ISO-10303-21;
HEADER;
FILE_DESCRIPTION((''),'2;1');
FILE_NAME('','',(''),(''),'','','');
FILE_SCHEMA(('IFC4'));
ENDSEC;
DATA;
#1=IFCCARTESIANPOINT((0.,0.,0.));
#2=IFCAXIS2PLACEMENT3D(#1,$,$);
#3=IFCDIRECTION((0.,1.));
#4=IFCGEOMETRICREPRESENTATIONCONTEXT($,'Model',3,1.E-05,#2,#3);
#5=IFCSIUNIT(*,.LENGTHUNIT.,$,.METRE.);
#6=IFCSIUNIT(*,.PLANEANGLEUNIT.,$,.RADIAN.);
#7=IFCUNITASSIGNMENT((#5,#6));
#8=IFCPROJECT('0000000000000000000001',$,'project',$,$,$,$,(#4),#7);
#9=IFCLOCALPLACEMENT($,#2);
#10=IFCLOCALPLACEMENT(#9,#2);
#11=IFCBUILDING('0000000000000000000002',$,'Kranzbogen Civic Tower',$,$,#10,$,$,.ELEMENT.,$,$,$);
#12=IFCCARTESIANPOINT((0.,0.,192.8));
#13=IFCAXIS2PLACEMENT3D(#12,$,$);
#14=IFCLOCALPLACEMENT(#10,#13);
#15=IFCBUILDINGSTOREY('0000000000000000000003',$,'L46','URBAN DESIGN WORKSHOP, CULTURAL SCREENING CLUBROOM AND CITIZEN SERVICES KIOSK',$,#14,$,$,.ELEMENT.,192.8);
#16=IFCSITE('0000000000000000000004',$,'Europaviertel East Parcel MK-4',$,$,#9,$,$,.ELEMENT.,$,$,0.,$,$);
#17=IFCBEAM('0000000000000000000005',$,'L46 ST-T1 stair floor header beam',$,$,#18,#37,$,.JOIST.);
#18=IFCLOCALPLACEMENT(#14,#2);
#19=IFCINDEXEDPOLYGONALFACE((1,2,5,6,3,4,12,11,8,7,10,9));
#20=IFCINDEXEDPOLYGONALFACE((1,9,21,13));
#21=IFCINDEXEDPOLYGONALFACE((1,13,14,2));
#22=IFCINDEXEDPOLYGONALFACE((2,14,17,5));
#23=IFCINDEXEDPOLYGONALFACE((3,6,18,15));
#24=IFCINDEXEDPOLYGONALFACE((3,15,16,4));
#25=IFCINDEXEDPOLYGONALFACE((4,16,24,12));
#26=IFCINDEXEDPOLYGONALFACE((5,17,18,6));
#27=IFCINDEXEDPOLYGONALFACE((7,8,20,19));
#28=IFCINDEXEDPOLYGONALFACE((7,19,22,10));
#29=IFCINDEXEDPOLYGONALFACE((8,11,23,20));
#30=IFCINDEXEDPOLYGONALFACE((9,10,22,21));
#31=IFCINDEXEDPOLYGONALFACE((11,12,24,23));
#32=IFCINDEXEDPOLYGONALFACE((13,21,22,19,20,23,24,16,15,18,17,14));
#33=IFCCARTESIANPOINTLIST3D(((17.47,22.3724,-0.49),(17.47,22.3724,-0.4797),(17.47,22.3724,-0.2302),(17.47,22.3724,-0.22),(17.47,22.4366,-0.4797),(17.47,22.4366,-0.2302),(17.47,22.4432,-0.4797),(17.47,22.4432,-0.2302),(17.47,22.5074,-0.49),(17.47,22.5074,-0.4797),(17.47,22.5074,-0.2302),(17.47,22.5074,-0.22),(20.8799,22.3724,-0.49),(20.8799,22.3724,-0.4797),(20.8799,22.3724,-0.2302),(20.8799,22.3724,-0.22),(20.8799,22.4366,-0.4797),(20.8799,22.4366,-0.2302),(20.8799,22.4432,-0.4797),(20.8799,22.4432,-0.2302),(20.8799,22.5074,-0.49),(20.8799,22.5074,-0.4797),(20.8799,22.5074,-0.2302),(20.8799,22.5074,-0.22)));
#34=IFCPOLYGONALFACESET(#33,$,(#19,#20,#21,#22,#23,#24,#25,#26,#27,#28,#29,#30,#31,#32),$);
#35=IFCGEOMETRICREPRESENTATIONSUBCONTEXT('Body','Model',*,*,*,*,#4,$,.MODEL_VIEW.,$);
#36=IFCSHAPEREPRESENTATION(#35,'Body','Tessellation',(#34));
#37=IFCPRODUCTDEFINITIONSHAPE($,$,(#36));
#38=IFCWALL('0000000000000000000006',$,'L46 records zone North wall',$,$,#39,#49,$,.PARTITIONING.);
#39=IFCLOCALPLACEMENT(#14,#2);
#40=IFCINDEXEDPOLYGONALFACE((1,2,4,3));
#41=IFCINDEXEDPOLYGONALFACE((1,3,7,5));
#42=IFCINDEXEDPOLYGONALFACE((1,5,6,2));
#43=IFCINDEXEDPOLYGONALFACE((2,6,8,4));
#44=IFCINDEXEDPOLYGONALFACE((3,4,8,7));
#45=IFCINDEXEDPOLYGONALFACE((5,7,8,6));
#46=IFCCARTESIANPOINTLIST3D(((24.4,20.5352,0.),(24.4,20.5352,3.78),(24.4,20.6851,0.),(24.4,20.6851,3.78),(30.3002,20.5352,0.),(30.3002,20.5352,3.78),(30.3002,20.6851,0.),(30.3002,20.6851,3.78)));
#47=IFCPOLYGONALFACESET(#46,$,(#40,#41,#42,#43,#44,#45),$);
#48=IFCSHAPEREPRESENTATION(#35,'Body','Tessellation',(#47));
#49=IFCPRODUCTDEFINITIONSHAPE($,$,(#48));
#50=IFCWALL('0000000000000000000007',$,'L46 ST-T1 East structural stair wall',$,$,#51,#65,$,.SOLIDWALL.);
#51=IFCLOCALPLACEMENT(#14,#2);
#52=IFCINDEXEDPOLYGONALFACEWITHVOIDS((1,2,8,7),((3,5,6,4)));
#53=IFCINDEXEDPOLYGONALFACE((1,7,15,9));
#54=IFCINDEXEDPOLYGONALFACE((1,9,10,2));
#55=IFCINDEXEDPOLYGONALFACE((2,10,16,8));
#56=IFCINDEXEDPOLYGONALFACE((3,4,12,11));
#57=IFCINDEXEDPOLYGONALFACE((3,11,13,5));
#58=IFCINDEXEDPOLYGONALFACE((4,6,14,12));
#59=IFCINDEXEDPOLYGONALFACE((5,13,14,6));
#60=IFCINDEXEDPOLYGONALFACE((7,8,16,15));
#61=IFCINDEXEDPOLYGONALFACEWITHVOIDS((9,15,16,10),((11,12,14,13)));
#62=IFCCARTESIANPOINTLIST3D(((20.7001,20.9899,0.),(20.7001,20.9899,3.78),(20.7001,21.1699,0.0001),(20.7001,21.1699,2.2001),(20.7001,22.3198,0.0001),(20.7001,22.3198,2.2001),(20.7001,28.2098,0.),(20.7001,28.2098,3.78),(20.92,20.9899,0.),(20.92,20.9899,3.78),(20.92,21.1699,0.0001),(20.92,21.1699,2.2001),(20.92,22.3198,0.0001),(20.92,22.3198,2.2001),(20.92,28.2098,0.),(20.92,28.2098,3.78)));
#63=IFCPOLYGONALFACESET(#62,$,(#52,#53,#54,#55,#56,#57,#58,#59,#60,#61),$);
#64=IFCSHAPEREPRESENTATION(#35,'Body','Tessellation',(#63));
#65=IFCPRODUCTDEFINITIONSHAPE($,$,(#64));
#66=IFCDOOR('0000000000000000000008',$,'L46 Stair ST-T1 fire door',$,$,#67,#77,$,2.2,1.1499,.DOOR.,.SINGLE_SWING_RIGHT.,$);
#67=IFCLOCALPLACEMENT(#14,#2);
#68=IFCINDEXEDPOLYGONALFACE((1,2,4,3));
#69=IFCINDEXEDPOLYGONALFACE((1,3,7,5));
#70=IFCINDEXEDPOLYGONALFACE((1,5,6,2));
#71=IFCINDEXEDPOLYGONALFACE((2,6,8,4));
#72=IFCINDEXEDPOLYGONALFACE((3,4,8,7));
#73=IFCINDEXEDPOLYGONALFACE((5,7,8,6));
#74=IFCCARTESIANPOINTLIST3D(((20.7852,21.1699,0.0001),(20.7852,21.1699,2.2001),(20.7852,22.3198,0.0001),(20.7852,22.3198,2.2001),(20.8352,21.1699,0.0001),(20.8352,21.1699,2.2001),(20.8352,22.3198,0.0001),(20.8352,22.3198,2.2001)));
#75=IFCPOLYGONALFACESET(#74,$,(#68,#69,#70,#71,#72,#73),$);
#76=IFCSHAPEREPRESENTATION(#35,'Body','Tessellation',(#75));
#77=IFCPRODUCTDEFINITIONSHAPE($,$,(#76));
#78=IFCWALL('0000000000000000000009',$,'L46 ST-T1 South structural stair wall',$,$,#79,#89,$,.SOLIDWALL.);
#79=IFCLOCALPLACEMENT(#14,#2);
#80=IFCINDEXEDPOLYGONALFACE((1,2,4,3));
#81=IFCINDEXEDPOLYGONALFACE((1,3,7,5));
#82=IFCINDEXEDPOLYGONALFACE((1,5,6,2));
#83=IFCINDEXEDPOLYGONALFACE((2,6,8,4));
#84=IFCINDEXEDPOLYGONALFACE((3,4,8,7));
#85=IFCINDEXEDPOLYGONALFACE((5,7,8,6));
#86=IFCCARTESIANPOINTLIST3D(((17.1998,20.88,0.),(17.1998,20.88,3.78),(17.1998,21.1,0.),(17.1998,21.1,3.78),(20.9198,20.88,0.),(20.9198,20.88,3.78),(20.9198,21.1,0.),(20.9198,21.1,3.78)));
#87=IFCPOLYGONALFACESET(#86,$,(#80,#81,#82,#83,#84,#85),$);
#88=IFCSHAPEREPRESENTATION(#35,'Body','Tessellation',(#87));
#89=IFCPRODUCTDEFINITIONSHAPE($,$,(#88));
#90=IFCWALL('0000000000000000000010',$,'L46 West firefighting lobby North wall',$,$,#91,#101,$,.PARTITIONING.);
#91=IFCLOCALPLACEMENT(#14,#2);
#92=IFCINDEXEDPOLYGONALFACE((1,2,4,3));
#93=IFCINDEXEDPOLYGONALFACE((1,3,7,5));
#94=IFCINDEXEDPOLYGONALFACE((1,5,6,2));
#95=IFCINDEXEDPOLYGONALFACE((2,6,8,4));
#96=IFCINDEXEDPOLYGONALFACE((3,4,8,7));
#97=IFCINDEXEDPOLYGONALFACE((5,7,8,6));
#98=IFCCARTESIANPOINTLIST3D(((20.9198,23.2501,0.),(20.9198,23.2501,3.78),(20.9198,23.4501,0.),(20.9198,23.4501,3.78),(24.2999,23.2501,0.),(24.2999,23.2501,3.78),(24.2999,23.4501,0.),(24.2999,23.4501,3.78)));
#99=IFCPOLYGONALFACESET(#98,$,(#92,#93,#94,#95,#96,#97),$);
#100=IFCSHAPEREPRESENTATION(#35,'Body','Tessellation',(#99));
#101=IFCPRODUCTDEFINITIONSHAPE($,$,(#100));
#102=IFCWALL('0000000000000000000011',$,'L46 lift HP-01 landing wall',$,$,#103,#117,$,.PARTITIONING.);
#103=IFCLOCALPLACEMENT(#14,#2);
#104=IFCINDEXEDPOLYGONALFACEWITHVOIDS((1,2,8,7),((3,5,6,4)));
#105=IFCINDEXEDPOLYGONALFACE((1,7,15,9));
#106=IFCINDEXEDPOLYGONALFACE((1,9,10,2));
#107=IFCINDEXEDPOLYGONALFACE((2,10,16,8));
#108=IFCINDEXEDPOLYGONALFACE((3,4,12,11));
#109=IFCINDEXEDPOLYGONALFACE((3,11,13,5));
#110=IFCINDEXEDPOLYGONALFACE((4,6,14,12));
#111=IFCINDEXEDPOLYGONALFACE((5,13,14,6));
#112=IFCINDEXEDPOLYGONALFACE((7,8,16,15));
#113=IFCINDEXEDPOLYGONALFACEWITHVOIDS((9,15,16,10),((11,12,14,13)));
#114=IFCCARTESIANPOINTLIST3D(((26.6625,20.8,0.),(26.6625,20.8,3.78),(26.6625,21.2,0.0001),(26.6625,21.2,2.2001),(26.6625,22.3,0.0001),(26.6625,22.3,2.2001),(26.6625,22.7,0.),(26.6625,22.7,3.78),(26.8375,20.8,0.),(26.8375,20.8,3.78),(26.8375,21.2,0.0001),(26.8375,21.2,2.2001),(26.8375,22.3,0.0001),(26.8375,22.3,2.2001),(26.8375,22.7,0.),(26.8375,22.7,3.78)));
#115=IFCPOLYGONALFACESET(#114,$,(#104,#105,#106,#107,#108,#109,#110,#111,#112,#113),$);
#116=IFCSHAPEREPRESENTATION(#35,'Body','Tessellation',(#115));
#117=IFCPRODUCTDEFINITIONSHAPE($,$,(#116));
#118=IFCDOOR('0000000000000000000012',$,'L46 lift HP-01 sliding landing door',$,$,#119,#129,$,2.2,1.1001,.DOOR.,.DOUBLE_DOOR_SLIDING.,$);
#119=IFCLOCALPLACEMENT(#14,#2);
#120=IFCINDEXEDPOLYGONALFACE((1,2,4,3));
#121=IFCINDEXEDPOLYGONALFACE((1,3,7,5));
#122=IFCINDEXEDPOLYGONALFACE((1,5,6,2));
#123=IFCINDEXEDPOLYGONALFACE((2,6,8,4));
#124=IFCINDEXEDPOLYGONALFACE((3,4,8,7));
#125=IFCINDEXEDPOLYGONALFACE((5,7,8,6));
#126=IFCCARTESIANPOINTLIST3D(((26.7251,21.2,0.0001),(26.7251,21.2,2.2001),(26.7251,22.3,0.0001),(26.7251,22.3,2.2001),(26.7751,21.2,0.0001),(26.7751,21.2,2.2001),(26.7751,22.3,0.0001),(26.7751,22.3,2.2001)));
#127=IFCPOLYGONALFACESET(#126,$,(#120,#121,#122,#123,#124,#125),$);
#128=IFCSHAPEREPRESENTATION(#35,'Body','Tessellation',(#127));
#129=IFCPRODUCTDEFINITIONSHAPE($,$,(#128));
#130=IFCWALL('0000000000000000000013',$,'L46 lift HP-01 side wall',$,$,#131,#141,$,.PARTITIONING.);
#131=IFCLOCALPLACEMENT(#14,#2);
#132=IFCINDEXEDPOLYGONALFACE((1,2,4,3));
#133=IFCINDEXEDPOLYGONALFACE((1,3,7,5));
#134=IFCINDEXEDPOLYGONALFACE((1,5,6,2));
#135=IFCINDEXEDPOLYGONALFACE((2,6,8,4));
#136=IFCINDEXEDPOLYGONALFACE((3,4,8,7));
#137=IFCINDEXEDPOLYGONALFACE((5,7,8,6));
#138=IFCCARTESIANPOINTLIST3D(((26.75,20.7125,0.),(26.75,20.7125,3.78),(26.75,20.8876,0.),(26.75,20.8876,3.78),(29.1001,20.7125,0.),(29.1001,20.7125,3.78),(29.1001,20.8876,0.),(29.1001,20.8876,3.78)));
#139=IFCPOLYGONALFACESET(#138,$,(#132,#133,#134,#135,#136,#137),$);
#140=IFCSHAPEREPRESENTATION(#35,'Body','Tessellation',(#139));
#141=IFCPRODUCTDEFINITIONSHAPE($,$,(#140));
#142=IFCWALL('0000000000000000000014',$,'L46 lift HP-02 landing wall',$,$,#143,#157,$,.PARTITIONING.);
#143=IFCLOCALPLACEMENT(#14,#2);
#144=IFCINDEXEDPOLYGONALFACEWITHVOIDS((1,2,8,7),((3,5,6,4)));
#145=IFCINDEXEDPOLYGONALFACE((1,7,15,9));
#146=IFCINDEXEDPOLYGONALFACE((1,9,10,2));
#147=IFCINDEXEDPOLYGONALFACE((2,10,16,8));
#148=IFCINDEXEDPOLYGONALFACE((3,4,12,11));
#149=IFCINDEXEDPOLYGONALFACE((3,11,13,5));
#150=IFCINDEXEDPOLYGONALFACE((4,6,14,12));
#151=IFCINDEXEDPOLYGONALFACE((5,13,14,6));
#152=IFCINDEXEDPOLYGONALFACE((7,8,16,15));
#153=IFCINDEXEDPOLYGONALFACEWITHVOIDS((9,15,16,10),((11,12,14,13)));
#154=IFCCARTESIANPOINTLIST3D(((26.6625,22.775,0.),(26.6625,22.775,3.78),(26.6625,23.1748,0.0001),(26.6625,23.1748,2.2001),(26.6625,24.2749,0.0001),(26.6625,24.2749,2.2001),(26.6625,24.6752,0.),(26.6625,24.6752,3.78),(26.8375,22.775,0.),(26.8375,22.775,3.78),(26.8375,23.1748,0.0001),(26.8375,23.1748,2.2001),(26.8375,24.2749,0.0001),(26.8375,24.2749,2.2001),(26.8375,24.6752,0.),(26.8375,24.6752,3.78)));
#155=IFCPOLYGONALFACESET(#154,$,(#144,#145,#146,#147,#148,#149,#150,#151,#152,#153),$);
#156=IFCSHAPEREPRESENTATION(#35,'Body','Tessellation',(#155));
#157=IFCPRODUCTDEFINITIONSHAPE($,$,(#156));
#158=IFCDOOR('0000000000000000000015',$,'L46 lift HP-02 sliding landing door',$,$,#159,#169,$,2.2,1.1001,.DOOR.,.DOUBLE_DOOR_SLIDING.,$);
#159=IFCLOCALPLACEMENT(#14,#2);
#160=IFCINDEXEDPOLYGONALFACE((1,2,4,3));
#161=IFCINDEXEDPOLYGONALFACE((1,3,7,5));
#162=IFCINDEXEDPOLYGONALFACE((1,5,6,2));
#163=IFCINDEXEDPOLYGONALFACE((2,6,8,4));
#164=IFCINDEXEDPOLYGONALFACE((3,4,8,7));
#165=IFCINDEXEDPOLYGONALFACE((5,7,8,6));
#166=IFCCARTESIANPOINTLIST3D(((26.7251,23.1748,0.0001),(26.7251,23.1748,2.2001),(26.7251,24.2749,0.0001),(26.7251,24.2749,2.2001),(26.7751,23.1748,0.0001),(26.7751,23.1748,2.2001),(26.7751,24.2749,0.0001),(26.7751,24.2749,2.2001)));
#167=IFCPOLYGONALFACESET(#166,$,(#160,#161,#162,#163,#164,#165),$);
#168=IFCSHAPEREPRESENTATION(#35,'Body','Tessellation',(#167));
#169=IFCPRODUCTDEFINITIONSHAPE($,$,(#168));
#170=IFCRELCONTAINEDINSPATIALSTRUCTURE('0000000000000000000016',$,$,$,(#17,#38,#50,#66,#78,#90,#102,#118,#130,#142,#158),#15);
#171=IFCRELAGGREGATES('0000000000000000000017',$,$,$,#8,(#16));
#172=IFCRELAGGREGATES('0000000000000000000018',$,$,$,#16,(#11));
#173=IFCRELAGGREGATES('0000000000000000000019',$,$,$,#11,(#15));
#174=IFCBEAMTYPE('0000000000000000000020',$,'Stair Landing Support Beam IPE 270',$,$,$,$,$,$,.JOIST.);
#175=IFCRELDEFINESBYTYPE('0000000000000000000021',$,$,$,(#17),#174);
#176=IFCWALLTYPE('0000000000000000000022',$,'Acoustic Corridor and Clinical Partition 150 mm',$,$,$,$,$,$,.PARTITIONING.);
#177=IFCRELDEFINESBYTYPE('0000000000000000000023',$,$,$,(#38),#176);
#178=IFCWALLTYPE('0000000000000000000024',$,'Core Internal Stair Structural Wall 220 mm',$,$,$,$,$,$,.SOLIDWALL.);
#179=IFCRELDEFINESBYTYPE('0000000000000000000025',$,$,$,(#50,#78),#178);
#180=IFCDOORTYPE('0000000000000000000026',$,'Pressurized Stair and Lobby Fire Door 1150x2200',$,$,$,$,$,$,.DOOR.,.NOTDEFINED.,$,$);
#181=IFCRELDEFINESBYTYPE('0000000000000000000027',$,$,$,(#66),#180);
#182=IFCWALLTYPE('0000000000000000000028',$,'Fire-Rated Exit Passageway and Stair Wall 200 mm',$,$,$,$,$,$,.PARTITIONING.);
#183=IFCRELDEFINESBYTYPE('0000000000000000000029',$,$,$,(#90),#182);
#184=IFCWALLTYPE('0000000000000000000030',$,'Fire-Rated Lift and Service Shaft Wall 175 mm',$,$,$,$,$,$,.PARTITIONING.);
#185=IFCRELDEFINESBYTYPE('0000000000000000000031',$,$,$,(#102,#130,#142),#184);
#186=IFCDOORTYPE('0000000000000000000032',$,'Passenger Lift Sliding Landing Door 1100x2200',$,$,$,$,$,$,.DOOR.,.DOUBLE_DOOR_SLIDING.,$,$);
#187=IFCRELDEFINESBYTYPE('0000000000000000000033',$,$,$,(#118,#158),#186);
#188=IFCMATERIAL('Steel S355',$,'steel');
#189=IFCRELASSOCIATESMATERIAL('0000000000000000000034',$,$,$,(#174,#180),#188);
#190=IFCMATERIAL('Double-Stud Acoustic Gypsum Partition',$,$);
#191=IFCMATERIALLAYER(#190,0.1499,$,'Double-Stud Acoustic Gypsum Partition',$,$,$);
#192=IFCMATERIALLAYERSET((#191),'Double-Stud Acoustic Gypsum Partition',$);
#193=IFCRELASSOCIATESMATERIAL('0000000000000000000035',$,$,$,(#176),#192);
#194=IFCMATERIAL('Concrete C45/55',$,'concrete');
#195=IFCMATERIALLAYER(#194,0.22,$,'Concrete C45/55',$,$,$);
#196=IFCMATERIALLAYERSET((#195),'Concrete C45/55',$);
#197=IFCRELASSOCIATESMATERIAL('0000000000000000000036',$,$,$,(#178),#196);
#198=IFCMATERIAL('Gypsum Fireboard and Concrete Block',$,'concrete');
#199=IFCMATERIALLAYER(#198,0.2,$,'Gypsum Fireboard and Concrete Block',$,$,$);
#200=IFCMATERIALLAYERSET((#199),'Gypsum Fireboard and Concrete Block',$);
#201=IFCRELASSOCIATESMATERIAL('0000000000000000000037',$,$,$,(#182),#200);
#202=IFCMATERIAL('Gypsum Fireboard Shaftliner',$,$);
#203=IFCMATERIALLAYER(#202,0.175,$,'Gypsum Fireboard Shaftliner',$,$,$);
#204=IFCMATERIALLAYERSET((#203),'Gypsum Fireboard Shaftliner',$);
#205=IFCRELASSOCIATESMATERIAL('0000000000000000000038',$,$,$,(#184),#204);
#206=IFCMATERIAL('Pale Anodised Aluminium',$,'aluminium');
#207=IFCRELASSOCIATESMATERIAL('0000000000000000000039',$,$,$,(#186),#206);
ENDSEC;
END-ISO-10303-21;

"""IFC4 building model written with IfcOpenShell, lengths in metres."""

from ifc_helpers import new_model, si_unit, direction, frame, frame_2d, origin, origin_2d, place, context, subcontext, project, spatial, rectangle, i_section, extrude, material, layer, layer_set, material_profile, profile_set, type_object, element, fill, save


model = new_model("IFC4")

# Units and contexts
model_context = context("Model", 3, precision=1e-05, world=origin(), true_north=direction((0.0, 1.0)))
body_context = subcontext(model_context, "Body", "Model", "MODEL_VIEW")
ifc_project = project(units=[si_unit("LENGTHUNIT", "METRE"), si_unit("PLANEANGLEUNIT", "RADIAN")], contexts=[model_context])

# Site, building, storey
site_placement = place(None, origin())
site = spatial("IfcSite", under=ifc_project, at=site_placement, Name="Europaviertel East Parcel MK-4", CompositionType="ELEMENT", RefElevation=0.0)
building_placement = place(site_placement, origin())
building = spatial("IfcBuilding", under=site, at=building_placement, Name="Kranzbogen Civic Tower", CompositionType="ELEMENT")
storey_placement = place(building_placement, frame((0.0, 0.0, 192.8)))
storey = spatial("IfcBuildingStorey", under=building, at=storey_placement, Name="L46", Description="URBAN DESIGN WORKSHOP, CULTURAL SCREENING CLUBROOM AND CITIZEN SERVICES KIOSK", CompositionType="ELEMENT", Elevation=192.8)

# Beam
ifc_material_1 = material(Name="Steel S355", Category="steel")
ifc_material_profile = material_profile(ifc_material_1, i_section(OverallWidth=0.135, OverallDepth=0.27, WebThickness=0.0066, FlangeThickness=0.0103, at=origin_2d()), Name="IPE 270")
ifc_profile_set = profile_set([ifc_material_profile], Name="Steel S355")
beam_type = type_object("IfcBeamType", Name="Stair Landing Support Beam IPE 270", PredefinedType="JOIST", material=ifc_profile_set)
beam_placement = place(storey_placement, frame((20.8799, 22.4399, -0.355), z_axis=(-1.0, 0.0, 0.0), x_axis=(0.0, -1.0, 0.0)))
element("IfcBeam", 1, at=beam_placement, inside=storey, type_object=beam_type, Name="L46 ST-T1 stair floor header beam", PredefinedType="JOIST", context=body_context, shape_type="SweptSolid", body=[
    extrude(i_section(OverallWidth=0.135, OverallDepth=0.27, WebThickness=0.0066, FlangeThickness=0.0103, at=origin_2d()), origin(), (0.0, 0.0, 1.0), 3.4099),
])

# Wall
ifc_material_2 = material(Name="Double-Stud Acoustic Gypsum Partition")
ifc_layer_1 = layer(ifc_material_2, 0.1499, Name="Double-Stud Acoustic Gypsum Partition")
ifc_layer_set_1 = layer_set([ifc_layer_1], Name="Double-Stud Acoustic Gypsum Partition")
wall_type_1 = type_object("IfcWallType", Name="Acoustic Corridor and Clinical Partition 150 mm", PredefinedType="PARTITIONING", material=ifc_layer_set_1)
wall_1_placement = place(storey_placement, frame((24.3999, 20.6101, 0.0), z_axis=(0.0, 0.0, 1.0), x_axis=(1.0, 0.0, 0.0)))
element("IfcWall", 2, at=wall_1_placement, inside=storey, type_object=wall_type_1, Name="L46 records zone North wall", PredefinedType="PARTITIONING", context=body_context, shape_type="SweptSolid", body=[
    extrude(rectangle(XDim=5.9001, YDim=0.1499, at=frame_2d((2.9502, 0.0))), origin(), (0.0, 0.0, 1.0), 3.78),
])

# Wall, opening, door
ifc_material_3 = material(Name="Concrete C45/55", Category="concrete")
ifc_layer_2 = layer(ifc_material_3, 0.22, Name="Concrete C45/55")
ifc_layer_set_2 = layer_set([ifc_layer_2], Name="Concrete C45/55")
wall_type_2 = type_object("IfcWallType", Name="Core Internal Stair Structural Wall 220 mm", PredefinedType="SOLIDWALL", material=ifc_layer_set_2)
wall_2_placement = place(storey_placement, frame((20.8101, 20.99, 0.0), z_axis=(0.0, 0.0, 1.0), x_axis=(0.0, 1.0, 0.0)))
wall_2 = element("IfcWall", 3, at=wall_2_placement, inside=storey, type_object=wall_type_2, Name="L46 ST-T1 East structural stair wall", PredefinedType="SOLIDWALL", context=body_context, shape_type="SweptSolid", body=[
    extrude(rectangle(XDim=7.22, YDim=0.22, at=frame_2d((3.6099, 0.0))), origin(), (0.0, 0.0, 1.0), 3.78),
])
opening_1_placement = place(wall_2_placement, frame((0.1799, 0.0, 0.0)))
opening_1 = element("IfcOpeningElement", 4, at=opening_1_placement, cuts=wall_2, PredefinedType="OPENING", context=body_context, shape_type="SweptSolid", body=[
    extrude(rectangle(XDim=1.1499, YDim=2.2, at=frame_2d((0.575, 1.1001))), frame((0.0, 0.1201, 0.0), z_axis=(0.0, -1.0, 0.0), x_axis=(1.0, 0.0, 0.0)), (0.0, 0.0, 1.0), 0.24),
])
door_type_1 = type_object("IfcDoorType", Name="Pressurized Stair and Lobby Fire Door 1150x2200", OperationType="NOTDEFINED", PredefinedType="DOOR", material=ifc_material_1)
door_1_placement = place(opening_1_placement, origin())
door_1 = element("IfcDoor", 5, at=door_1_placement, inside=storey, type_object=door_type_1, Name="L46 Stair ST-T1 fire door", OperationType="SINGLE_SWING_RIGHT", OverallHeight=2.2, OverallWidth=1.1499, PredefinedType="DOOR", context=body_context, shape_type="SweptSolid", body=[
    extrude(rectangle(XDim=1.1499, YDim=2.2, at=frame_2d((0.575, 1.1001))), frame((0.0, 0.0249, 0.0), z_axis=(0.0, -1.0, 0.0), x_axis=(1.0, 0.0, 0.0)), (0.0, 0.0, 1.0), 0.05),
])
fill(opening_1, door_1)

# Walls
wall_3_placement = place(storey_placement, frame((17.2, 20.99, 0.0), z_axis=(0.0, 0.0, 1.0), x_axis=(1.0, 0.0, 0.0)))
element("IfcWall", 6, at=wall_3_placement, inside=storey, type_object=wall_type_2, Name="L46 ST-T1 South structural stair wall", PredefinedType="SOLIDWALL", context=body_context, shape_type="SweptSolid", body=[
    extrude(rectangle(XDim=3.72, YDim=0.22, at=frame_2d((1.8599, 0.0))), origin(), (0.0, 0.0, 1.0), 3.78),
])
ifc_material_4 = material(Name="Gypsum Fireboard and Concrete Block", Category="concrete")
ifc_layer_3 = layer(ifc_material_4, 0.2, Name="Gypsum Fireboard and Concrete Block")
ifc_layer_set_3 = layer_set([ifc_layer_3], Name="Gypsum Fireboard and Concrete Block")
wall_type_3 = type_object("IfcWallType", Name="Fire-Rated Exit Passageway and Stair Wall 200 mm", PredefinedType="PARTITIONING", material=ifc_layer_set_3)
wall_4_placement = place(storey_placement, frame((20.9199, 23.3501, 0.0), z_axis=(0.0, 0.0, 1.0), x_axis=(1.0, 0.0, 0.0)))
element("IfcWall", 7, at=wall_4_placement, inside=storey, type_object=wall_type_3, Name="L46 West firefighting lobby North wall", PredefinedType="PARTITIONING", context=body_context, shape_type="SweptSolid", body=[
    extrude(rectangle(XDim=3.3801, YDim=0.2, at=frame_2d((1.6899, 0.0))), origin(), (0.0, 0.0, 1.0), 3.78),
])

# Wall, opening, door
ifc_material_5 = material(Name="Gypsum Fireboard Shaftliner")
ifc_layer_4 = layer(ifc_material_5, 0.175, Name="Gypsum Fireboard Shaftliner")
ifc_layer_set_4 = layer_set([ifc_layer_4], Name="Gypsum Fireboard Shaftliner")
wall_type_4 = type_object("IfcWallType", Name="Fire-Rated Lift and Service Shaft Wall 175 mm", PredefinedType="PARTITIONING", material=ifc_layer_set_4)
wall_5_placement = place(storey_placement, frame((26.75, 20.8, 0.0), z_axis=(0.0, 0.0, 1.0), x_axis=(0.0, 1.0, 0.0)))
wall_5 = element("IfcWall", 8, at=wall_5_placement, inside=storey, type_object=wall_type_4, Name="L46 lift HP-01 landing wall", PredefinedType="PARTITIONING", context=body_context, shape_type="SweptSolid", body=[
    extrude(rectangle(XDim=1.8999, YDim=0.175, at=frame_2d((0.95, 0.0))), origin(), (0.0, 0.0, 1.0), 3.78),
])
opening_2_placement = place(wall_5_placement, frame((0.3999, 0.0, 0.0)))
opening_2 = element("IfcOpeningElement", 9, at=opening_2_placement, cuts=wall_5, PredefinedType="OPENING", context=body_context, shape_type="SweptSolid", body=[
    extrude(rectangle(XDim=1.1001, YDim=2.2, at=frame_2d((0.55, 1.1001))), frame((0.0, 0.0977, 0.0), z_axis=(0.0, -1.0, 0.0), x_axis=(1.0, 0.0, 0.0)), (0.0, 0.0, 1.0), 0.1951),
])
ifc_material_6 = material(Name="Pale Anodised Aluminium", Category="aluminium")
door_type_2 = type_object("IfcDoorType", Name="Passenger Lift Sliding Landing Door 1100x2200", OperationType="DOUBLE_DOOR_SLIDING", PredefinedType="DOOR", material=ifc_material_6)
door_2_placement = place(opening_2_placement, origin())
door_2 = element("IfcDoor", 10, at=door_2_placement, inside=storey, type_object=door_type_2, Name="L46 lift HP-01 sliding landing door", OperationType="DOUBLE_DOOR_SLIDING", OverallHeight=2.2, OverallWidth=1.1001, PredefinedType="DOOR", context=body_context, shape_type="SweptSolid", body=[
    extrude(rectangle(XDim=1.1001, YDim=2.2, at=frame_2d((0.55, 1.1001))), frame((0.0, 0.0249, 0.0), z_axis=(0.0, -1.0, 0.0), x_axis=(1.0, 0.0, 0.0)), (0.0, 0.0, 1.0), 0.05),
])
fill(opening_2, door_2)

# Wall
wall_6_placement = place(storey_placement, frame((26.75, 20.8, 0.0), z_axis=(0.0, 0.0, 1.0), x_axis=(1.0, 0.0, 0.0)))
element("IfcWall", 11, at=wall_6_placement, inside=storey, type_object=wall_type_4, Name="L46 lift HP-01 side wall", PredefinedType="PARTITIONING", context=body_context, shape_type="SweptSolid", body=[
    extrude(rectangle(XDim=2.3501, YDim=0.175, at=frame_2d((1.175, 0.0))), origin(), (0.0, 0.0, 1.0), 3.78),
])

# Wall, opening, door
wall_7_placement = place(storey_placement, frame((26.75, 22.7749, 0.0), z_axis=(0.0, 0.0, 1.0), x_axis=(0.0, 1.0, 0.0)))
wall_7 = element("IfcWall", 12, at=wall_7_placement, inside=storey, type_object=wall_type_4, Name="L46 lift HP-02 landing wall", PredefinedType="PARTITIONING", context=body_context, shape_type="SweptSolid", body=[
    extrude(rectangle(XDim=1.9001, YDim=0.175, at=frame_2d((0.9502, 0.0))), origin(), (0.0, 0.0, 1.0), 3.78),
])
opening_3_placement = place(wall_7_placement, frame((0.3999, 0.0, 0.0)))
opening_3 = element("IfcOpeningElement", 13, at=opening_3_placement, cuts=wall_7, PredefinedType="OPENING", context=body_context, shape_type="SweptSolid", body=[
    extrude(rectangle(XDim=1.1001, YDim=2.2, at=frame_2d((0.55, 1.1001))), frame((0.0, 0.0977, 0.0), z_axis=(0.0, -1.0, 0.0), x_axis=(1.0, 0.0, 0.0)), (0.0, 0.0, 1.0), 0.1951),
])
door_3_placement = place(opening_3_placement, origin())
door_3 = element("IfcDoor", 14, at=door_3_placement, inside=storey, type_object=door_type_2, Name="L46 lift HP-02 sliding landing door", OperationType="DOUBLE_DOOR_SLIDING", OverallHeight=2.2, OverallWidth=1.1001, PredefinedType="DOOR", context=body_context, shape_type="SweptSolid", body=[
    extrude(rectangle(XDim=1.1001, YDim=2.2, at=frame_2d((0.55, 1.1001))), frame((0.0, 0.0249, 0.0), z_axis=(0.0, -1.0, 0.0), x_axis=(1.0, 0.0, 0.0)), (0.0, 0.0, 1.0), 0.05),
])
fill(opening_3, door_3)

save(model, "model.ifc")
